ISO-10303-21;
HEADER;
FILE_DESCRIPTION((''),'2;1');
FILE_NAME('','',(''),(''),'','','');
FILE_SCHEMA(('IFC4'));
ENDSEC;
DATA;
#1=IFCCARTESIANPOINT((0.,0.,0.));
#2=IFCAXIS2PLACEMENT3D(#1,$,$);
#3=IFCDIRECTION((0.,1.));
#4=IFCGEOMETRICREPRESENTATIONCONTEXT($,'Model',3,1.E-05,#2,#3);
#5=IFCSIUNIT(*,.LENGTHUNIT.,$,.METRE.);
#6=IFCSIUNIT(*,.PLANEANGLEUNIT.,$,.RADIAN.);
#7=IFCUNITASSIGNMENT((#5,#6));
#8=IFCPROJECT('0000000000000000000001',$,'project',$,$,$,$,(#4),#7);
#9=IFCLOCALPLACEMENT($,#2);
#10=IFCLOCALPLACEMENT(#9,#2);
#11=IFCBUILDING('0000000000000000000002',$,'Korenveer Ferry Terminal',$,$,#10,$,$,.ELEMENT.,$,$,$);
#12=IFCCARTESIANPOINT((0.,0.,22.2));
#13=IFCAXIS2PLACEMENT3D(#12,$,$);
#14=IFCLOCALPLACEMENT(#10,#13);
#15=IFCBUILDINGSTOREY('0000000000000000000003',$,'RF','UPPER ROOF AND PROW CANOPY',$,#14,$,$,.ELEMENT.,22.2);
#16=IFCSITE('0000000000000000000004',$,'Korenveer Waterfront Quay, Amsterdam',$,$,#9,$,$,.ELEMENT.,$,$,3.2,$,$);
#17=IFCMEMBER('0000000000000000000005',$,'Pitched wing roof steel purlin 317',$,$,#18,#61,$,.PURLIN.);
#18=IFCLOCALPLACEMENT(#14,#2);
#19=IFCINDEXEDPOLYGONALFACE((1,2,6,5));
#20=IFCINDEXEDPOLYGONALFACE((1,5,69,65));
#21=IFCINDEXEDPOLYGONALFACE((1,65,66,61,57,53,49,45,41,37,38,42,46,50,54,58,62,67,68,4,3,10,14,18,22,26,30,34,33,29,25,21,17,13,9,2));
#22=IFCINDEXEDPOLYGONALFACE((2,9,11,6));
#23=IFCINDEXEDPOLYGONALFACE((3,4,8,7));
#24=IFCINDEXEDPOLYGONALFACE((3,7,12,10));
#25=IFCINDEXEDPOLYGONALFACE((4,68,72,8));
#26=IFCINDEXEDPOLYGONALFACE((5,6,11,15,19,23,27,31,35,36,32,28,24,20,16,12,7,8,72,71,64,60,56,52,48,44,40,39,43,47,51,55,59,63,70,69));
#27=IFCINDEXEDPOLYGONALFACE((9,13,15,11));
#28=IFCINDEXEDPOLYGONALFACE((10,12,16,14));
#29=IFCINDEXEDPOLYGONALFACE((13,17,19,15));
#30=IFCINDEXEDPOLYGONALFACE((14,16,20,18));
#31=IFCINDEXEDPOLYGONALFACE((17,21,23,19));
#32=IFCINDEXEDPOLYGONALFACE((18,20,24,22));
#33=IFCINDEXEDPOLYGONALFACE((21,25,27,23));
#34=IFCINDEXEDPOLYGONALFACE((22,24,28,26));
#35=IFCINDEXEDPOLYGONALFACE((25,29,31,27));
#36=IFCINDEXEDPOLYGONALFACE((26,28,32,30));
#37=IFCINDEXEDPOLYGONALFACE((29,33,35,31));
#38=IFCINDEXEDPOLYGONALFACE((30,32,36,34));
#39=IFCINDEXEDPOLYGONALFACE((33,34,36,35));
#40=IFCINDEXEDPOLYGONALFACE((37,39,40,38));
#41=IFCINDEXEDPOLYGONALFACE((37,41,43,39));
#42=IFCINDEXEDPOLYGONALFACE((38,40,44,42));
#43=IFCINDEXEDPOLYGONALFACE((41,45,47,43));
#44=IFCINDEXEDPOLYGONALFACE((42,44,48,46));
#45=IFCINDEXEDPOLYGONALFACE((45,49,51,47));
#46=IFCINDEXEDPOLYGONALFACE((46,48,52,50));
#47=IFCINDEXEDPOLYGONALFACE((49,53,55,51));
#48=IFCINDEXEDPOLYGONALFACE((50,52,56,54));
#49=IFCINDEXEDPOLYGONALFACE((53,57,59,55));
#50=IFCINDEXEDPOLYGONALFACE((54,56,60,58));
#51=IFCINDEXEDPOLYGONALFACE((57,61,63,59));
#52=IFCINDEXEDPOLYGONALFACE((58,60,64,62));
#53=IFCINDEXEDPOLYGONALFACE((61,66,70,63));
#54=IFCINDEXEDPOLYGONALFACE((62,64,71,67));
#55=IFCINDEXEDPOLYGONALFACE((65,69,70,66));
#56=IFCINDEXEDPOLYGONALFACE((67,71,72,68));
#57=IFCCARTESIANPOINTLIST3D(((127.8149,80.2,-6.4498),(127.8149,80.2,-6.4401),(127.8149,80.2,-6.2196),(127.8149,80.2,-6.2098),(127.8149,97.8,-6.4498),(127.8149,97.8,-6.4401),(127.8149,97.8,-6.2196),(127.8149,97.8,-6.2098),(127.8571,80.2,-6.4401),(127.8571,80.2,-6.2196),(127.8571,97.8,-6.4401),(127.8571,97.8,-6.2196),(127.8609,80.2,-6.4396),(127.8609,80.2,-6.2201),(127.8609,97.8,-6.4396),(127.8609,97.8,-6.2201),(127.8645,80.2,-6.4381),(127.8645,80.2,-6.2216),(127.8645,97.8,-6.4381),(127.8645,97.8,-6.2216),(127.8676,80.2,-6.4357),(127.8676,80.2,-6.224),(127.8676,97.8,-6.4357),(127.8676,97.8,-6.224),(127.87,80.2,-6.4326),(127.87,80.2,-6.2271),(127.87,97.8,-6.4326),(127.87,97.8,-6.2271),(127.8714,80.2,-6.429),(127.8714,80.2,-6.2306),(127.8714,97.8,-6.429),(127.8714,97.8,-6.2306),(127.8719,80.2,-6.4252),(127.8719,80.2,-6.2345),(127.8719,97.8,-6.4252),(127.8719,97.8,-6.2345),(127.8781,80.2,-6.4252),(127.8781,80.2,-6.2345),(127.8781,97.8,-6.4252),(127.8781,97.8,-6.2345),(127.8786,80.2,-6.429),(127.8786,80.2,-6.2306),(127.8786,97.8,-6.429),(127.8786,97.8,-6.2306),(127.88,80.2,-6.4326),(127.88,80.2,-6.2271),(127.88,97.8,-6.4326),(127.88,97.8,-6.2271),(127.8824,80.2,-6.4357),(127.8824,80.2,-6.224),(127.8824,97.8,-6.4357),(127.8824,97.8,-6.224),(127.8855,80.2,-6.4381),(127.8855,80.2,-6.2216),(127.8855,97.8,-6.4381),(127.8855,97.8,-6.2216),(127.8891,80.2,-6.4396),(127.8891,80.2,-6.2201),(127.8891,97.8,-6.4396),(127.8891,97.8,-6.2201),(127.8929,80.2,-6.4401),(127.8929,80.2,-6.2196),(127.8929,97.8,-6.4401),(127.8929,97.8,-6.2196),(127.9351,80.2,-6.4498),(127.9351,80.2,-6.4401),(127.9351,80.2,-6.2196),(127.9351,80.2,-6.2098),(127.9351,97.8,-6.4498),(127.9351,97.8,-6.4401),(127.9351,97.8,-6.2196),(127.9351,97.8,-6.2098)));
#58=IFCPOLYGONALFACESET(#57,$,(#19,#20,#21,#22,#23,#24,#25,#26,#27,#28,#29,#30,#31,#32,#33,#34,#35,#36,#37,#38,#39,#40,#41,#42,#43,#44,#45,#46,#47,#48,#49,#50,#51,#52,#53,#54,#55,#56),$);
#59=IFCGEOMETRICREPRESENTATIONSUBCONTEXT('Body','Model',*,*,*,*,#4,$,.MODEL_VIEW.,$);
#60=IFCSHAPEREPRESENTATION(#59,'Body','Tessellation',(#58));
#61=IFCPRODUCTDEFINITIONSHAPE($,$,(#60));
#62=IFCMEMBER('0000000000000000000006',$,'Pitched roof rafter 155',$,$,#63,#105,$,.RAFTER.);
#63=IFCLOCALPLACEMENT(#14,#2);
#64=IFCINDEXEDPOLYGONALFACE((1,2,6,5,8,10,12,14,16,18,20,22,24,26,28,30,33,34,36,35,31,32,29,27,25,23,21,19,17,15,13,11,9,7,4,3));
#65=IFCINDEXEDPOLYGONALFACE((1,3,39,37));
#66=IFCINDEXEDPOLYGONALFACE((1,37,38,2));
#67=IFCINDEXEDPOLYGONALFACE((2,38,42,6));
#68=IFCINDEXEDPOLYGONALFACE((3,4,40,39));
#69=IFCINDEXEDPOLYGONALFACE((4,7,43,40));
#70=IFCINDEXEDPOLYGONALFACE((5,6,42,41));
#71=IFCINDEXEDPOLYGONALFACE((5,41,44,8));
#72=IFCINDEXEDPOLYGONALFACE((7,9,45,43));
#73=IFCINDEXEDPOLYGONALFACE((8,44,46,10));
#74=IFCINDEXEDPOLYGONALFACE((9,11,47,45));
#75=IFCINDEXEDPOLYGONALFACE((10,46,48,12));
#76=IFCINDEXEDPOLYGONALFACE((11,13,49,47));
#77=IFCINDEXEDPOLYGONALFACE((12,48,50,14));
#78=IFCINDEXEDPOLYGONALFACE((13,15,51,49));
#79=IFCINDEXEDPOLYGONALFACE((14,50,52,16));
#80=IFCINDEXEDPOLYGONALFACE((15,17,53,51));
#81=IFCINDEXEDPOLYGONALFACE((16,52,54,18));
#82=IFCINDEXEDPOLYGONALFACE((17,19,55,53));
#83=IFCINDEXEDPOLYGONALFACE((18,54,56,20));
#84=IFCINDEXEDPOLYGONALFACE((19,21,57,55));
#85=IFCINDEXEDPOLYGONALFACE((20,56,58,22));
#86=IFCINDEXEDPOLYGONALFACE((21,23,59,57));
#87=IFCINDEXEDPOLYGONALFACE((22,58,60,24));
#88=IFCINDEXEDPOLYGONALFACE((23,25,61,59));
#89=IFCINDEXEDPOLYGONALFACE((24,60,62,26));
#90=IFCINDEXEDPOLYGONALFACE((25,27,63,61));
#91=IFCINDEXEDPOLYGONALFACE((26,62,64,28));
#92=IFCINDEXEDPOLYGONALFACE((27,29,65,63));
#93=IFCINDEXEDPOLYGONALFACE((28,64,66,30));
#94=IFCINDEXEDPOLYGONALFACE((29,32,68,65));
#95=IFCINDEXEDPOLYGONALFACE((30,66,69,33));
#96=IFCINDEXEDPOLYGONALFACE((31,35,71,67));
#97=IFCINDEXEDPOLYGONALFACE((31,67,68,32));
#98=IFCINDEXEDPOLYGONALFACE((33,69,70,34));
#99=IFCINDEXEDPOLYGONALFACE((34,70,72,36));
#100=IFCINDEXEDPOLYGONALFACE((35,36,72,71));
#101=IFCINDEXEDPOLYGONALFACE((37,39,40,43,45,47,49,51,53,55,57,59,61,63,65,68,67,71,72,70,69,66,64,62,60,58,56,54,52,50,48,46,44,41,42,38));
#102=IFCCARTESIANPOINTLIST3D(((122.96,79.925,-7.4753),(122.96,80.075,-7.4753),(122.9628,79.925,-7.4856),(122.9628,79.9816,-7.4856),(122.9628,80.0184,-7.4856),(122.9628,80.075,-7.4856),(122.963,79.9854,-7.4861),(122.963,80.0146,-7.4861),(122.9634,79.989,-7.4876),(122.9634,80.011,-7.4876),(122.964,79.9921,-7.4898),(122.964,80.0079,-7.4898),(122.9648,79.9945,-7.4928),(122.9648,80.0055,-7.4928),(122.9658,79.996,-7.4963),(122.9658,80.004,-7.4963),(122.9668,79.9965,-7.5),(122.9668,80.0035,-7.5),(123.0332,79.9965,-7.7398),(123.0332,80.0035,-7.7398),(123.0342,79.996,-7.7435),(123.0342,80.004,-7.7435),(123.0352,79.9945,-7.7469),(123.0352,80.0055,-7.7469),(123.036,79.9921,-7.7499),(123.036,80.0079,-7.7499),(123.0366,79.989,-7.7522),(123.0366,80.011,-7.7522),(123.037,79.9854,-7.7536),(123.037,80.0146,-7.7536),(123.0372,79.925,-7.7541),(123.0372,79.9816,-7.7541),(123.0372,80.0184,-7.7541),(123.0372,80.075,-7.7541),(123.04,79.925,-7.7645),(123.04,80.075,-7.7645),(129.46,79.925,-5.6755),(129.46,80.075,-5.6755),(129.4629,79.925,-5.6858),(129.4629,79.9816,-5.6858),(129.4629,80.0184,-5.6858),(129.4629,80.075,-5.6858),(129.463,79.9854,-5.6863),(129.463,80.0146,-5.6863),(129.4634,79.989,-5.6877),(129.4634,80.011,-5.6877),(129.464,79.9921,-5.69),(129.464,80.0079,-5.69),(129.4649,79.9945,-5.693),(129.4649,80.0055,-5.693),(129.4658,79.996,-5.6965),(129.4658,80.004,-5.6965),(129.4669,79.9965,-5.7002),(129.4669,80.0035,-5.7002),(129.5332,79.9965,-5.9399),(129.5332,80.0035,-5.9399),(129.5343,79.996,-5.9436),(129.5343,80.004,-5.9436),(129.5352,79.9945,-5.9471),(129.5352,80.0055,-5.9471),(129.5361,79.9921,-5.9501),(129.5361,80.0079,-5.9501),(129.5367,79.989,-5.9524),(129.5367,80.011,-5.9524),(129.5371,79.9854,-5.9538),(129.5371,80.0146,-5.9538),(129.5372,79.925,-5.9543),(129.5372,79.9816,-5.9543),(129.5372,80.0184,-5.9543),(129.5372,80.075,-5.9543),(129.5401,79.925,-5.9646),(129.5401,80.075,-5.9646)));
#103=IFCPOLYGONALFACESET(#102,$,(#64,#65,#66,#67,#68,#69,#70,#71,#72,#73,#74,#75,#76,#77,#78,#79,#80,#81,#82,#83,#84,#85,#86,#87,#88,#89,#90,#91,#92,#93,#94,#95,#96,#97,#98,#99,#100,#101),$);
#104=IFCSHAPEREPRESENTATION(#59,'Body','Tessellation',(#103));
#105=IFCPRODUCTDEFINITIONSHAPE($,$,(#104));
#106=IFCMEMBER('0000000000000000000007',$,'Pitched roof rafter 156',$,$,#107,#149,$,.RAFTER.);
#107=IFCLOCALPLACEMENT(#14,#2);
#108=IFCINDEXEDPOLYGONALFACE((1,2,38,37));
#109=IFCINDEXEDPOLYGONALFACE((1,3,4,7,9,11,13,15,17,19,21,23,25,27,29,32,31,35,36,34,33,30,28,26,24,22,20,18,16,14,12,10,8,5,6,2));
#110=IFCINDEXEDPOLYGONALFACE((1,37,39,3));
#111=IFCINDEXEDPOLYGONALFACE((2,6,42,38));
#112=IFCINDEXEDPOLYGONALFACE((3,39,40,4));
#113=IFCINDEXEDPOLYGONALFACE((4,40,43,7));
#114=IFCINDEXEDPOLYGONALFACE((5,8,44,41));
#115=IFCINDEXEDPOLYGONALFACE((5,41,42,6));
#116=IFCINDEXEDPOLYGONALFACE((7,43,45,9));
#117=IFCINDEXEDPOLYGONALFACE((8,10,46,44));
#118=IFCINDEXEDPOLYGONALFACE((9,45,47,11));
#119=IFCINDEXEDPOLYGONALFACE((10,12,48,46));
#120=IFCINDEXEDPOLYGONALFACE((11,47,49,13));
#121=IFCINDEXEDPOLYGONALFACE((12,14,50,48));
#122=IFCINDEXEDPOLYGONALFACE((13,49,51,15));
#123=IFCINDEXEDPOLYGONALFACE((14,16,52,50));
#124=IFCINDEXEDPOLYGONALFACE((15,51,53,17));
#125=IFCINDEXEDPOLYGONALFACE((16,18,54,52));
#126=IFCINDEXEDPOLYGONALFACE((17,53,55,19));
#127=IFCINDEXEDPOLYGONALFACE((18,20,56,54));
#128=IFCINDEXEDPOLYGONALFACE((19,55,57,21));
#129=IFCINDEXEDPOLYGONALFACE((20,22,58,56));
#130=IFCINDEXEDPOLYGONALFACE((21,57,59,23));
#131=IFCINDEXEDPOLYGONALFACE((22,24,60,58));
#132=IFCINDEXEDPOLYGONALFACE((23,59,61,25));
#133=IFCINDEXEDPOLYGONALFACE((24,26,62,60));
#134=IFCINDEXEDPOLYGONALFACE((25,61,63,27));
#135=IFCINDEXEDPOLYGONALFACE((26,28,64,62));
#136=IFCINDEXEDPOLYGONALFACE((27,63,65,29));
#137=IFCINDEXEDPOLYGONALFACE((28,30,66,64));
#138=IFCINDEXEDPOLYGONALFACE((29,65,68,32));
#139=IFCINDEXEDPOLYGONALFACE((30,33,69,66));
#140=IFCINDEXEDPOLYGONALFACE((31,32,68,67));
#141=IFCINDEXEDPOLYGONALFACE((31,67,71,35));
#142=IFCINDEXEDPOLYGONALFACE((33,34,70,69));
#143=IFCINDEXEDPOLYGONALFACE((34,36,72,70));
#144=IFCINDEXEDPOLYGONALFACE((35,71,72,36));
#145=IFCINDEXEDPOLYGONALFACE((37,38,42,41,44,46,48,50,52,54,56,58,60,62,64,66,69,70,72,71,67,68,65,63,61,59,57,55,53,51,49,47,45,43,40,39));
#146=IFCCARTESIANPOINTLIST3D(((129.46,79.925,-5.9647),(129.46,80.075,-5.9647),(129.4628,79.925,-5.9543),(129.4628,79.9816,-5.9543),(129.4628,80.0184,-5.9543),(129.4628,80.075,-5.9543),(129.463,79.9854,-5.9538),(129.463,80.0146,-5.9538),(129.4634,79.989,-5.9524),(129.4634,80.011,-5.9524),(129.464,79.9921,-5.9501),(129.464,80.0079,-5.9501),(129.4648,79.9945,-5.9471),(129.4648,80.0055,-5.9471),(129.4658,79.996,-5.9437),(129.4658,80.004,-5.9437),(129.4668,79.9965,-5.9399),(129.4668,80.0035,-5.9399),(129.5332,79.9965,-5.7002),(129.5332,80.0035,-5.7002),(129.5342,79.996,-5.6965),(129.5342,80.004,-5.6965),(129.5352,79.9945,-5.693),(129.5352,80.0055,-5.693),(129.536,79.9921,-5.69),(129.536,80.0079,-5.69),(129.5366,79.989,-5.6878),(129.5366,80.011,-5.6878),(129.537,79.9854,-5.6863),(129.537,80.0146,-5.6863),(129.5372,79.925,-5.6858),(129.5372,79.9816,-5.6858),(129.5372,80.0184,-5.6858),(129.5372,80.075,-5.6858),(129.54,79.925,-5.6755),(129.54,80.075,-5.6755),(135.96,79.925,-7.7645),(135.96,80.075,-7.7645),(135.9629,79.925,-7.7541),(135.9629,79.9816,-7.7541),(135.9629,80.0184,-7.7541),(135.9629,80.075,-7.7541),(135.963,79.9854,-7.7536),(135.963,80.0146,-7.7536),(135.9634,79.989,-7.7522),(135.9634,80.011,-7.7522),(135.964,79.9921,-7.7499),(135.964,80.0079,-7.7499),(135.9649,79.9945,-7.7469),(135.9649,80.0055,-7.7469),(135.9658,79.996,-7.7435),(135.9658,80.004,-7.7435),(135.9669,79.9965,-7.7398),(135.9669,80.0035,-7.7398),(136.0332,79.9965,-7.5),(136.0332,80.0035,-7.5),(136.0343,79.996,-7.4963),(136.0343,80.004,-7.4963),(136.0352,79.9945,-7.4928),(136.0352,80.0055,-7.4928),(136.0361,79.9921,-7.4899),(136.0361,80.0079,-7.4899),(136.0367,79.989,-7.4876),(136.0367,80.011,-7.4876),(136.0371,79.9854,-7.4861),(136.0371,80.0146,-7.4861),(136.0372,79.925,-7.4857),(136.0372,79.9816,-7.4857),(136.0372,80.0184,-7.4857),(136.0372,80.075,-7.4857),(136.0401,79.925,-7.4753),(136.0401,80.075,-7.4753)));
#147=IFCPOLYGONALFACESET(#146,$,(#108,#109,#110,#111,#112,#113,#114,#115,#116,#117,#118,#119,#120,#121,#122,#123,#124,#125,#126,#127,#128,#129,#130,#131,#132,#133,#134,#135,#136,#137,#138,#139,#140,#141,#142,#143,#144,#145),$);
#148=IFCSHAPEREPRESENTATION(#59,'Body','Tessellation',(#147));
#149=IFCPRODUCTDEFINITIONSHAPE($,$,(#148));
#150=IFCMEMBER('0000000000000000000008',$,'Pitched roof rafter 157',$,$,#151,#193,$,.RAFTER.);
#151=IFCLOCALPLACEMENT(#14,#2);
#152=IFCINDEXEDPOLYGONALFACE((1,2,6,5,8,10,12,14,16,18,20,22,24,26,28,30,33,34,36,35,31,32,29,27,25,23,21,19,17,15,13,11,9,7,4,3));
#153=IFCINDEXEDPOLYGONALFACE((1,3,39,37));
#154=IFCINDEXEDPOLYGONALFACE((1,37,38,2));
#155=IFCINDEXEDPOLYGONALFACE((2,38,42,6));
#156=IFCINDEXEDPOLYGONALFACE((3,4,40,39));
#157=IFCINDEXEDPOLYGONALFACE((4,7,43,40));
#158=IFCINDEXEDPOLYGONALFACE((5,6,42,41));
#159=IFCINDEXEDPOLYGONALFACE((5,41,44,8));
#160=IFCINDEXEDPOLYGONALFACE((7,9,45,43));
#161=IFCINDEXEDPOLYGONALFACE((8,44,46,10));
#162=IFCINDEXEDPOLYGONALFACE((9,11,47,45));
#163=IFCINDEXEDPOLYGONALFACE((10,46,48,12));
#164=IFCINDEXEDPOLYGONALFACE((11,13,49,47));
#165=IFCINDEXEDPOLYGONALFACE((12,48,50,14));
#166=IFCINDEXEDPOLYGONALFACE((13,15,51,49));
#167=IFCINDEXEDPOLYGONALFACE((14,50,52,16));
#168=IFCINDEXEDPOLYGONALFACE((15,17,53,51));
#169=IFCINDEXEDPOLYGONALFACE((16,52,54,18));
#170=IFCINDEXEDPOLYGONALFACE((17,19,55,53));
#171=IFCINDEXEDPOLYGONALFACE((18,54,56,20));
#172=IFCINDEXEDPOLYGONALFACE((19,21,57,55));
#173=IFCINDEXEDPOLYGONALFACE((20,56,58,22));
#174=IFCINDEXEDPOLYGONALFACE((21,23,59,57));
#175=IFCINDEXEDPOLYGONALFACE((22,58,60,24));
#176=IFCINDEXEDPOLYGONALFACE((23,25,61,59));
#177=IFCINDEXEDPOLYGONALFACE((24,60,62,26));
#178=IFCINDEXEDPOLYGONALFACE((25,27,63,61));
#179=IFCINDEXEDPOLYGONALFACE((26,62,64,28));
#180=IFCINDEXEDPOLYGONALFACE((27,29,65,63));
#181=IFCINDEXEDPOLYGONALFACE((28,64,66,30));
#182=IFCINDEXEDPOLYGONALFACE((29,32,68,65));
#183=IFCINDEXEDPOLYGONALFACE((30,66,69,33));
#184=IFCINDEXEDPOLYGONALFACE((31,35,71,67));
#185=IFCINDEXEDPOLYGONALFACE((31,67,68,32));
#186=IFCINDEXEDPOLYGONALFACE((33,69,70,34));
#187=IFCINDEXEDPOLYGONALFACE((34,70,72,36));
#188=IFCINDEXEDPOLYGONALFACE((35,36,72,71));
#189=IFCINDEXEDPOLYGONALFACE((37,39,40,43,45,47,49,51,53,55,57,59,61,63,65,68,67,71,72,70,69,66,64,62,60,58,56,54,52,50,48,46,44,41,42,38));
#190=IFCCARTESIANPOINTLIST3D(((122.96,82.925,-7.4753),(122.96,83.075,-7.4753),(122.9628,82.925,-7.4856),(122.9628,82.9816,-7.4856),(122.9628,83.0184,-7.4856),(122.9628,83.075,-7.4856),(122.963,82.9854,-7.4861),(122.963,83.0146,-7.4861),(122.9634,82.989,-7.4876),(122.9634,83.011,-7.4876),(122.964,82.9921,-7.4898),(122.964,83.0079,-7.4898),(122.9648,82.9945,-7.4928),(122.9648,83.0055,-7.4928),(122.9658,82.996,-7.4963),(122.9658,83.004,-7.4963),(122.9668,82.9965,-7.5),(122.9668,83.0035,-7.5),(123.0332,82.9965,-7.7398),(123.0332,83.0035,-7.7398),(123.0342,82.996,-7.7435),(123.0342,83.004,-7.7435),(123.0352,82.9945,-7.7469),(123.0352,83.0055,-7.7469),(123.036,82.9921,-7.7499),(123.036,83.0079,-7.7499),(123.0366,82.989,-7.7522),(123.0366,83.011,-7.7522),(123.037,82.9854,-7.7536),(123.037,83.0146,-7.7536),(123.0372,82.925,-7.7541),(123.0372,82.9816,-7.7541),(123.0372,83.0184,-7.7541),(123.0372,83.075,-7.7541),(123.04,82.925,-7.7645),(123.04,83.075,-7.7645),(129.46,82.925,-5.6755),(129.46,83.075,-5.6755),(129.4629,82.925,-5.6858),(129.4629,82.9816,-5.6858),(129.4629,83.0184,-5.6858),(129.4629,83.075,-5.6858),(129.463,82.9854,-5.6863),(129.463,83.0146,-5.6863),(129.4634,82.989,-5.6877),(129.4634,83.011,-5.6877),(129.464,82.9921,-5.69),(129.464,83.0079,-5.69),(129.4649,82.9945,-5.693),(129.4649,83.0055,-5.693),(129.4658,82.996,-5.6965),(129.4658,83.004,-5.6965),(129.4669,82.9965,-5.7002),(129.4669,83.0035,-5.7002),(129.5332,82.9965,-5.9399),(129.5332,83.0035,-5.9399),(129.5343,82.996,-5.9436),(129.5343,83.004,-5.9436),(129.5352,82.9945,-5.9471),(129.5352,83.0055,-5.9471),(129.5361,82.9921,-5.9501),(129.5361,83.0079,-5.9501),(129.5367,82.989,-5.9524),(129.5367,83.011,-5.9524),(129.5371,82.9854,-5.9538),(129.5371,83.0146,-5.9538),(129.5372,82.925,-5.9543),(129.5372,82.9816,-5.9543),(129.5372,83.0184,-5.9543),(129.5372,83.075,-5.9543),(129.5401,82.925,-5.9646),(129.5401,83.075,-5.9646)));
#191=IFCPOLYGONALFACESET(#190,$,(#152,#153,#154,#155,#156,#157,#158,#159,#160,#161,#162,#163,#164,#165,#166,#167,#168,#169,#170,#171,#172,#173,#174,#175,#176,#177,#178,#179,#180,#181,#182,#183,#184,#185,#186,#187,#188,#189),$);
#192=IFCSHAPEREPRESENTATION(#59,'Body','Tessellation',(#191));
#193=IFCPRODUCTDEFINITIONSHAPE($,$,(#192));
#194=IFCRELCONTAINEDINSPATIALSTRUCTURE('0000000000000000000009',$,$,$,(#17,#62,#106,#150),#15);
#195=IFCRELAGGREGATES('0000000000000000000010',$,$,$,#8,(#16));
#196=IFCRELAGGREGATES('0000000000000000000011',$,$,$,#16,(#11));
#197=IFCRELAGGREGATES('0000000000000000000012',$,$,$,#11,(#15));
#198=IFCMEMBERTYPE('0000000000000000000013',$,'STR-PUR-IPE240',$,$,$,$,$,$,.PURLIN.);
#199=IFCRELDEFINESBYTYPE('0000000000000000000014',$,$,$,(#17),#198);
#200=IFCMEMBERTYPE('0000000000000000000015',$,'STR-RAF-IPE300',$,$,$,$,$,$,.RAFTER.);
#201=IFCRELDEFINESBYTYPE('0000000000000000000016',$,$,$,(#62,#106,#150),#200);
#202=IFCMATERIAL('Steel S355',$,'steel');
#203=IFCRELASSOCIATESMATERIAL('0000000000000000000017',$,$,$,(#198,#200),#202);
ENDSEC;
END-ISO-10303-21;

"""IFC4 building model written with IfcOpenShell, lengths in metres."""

from ifc_helpers import new_model, si_unit, direction, frame, origin, origin_2d, place, context, subcontext, project, spatial, i_section, extrude, material, material_profile, profile_set, type_object, element, save


model = new_model("IFC4")

# Units and contexts
model_context = context("Model", 3, precision=1e-05, world=origin(), true_north=direction((0.0, 1.0)))
body_context = subcontext(model_context, "Body", "Model", "MODEL_VIEW")
ifc_project = project(units=[si_unit("LENGTHUNIT", "METRE"), si_unit("PLANEANGLEUNIT", "RADIAN")], contexts=[model_context])

# Site, building, storey
site_placement = place(None, origin())
site = spatial("IfcSite", under=ifc_project, at=site_placement, Name="Korenveer Waterfront Quay, Amsterdam", CompositionType="ELEMENT", RefElevation=3.2)
building_placement = place(site_placement, origin())
building = spatial("IfcBuilding", under=site, at=building_placement, Name="Korenveer Ferry Terminal", CompositionType="ELEMENT")
storey_placement = place(building_placement, frame((0.0, 0.0, 22.2)))
storey = spatial("IfcBuildingStorey", under=building, at=storey_placement, Name="RF", Description="UPPER ROOF AND PROW CANOPY", CompositionType="ELEMENT", Elevation=22.2)

# Shared definitions
ifc_material_1 = material(Name="Steel S355", Category="steel")

# Members
ifc_material_profile_1 = material_profile(ifc_material_1, i_section(OverallWidth=0.1201, OverallDepth=0.24, WebThickness=0.0061, FlangeThickness=0.0098, FilletRadius=0.0149, at=origin_2d()), Name="IPE 240")
ifc_profile_set_1 = profile_set([ifc_material_profile_1], Name="Steel S355")
member_type_1 = type_object("IfcMemberType", Name="STR-PUR-IPE240", PredefinedType="PURLIN", material=ifc_profile_set_1)
for number, where, z_axis, x_axis, name in (
    (1, (127.875, 80.2, -6.3298), (0.0, 1.0, 0.0), (-1.0, 0.0, 0.0), "Pitched wing roof steel purlin 317"),
):
    element("IfcMember", number, at=place(storey_placement, frame(where, z_axis=z_axis, x_axis=x_axis)), inside=storey, type_object=member_type_1, Name=name, PredefinedType="PURLIN", context=body_context, shape_type="SweptSolid", body=[
        extrude(i_section(OverallWidth=0.1201, OverallDepth=0.24, WebThickness=0.0061, FlangeThickness=0.0098, FilletRadius=0.0149, at=origin_2d()), origin(), (0.0, 0.0, 1.0), 17.6001),
    ])
ifc_material_profile_2 = material_profile(ifc_material_1, i_section(OverallWidth=0.1499, OverallDepth=0.3, WebThickness=0.0071, FlangeThickness=0.0107, FilletRadius=0.0149, at=origin_2d()), Name="IPE 300")
ifc_profile_set_2 = profile_set([ifc_material_profile_2], Name="Steel S355")
member_type_2 = type_object("IfcMemberType", Name="STR-RAF-IPE300", PredefinedType="RAFTER", material=ifc_profile_set_2)
for number, where, z_axis, x_axis, name in (
    (2, (123.0, 80.0, -7.6199), (0.963737, 0.0, 0.266852), (0.0, 1.0, 0.0), "Pitched roof rafter 155"),
    (3, (129.5, 80.0, -5.8201), (0.963737, 0.0, -0.266852), (0.0, 1.0, 0.0), "Pitched roof rafter 156"),
    (4, (123.0, 83.0, -7.6199), (0.963737, 0.0, 0.266852), (0.0, 1.0, 0.0), "Pitched roof rafter 157"),
):
    element("IfcMember", number, at=place(storey_placement, frame(where, z_axis=z_axis, x_axis=x_axis)), inside=storey, type_object=member_type_2, Name=name, PredefinedType="RAFTER", context=body_context, shape_type="SweptSolid", body=[
        extrude(i_section(OverallWidth=0.1499, OverallDepth=0.3, WebThickness=0.0071, FlangeThickness=0.0107, FilletRadius=0.0149, at=origin_2d()), origin(), (0.0, 0.0, 1.0), 6.7446),
    ])

save(model, "model.ifc")
